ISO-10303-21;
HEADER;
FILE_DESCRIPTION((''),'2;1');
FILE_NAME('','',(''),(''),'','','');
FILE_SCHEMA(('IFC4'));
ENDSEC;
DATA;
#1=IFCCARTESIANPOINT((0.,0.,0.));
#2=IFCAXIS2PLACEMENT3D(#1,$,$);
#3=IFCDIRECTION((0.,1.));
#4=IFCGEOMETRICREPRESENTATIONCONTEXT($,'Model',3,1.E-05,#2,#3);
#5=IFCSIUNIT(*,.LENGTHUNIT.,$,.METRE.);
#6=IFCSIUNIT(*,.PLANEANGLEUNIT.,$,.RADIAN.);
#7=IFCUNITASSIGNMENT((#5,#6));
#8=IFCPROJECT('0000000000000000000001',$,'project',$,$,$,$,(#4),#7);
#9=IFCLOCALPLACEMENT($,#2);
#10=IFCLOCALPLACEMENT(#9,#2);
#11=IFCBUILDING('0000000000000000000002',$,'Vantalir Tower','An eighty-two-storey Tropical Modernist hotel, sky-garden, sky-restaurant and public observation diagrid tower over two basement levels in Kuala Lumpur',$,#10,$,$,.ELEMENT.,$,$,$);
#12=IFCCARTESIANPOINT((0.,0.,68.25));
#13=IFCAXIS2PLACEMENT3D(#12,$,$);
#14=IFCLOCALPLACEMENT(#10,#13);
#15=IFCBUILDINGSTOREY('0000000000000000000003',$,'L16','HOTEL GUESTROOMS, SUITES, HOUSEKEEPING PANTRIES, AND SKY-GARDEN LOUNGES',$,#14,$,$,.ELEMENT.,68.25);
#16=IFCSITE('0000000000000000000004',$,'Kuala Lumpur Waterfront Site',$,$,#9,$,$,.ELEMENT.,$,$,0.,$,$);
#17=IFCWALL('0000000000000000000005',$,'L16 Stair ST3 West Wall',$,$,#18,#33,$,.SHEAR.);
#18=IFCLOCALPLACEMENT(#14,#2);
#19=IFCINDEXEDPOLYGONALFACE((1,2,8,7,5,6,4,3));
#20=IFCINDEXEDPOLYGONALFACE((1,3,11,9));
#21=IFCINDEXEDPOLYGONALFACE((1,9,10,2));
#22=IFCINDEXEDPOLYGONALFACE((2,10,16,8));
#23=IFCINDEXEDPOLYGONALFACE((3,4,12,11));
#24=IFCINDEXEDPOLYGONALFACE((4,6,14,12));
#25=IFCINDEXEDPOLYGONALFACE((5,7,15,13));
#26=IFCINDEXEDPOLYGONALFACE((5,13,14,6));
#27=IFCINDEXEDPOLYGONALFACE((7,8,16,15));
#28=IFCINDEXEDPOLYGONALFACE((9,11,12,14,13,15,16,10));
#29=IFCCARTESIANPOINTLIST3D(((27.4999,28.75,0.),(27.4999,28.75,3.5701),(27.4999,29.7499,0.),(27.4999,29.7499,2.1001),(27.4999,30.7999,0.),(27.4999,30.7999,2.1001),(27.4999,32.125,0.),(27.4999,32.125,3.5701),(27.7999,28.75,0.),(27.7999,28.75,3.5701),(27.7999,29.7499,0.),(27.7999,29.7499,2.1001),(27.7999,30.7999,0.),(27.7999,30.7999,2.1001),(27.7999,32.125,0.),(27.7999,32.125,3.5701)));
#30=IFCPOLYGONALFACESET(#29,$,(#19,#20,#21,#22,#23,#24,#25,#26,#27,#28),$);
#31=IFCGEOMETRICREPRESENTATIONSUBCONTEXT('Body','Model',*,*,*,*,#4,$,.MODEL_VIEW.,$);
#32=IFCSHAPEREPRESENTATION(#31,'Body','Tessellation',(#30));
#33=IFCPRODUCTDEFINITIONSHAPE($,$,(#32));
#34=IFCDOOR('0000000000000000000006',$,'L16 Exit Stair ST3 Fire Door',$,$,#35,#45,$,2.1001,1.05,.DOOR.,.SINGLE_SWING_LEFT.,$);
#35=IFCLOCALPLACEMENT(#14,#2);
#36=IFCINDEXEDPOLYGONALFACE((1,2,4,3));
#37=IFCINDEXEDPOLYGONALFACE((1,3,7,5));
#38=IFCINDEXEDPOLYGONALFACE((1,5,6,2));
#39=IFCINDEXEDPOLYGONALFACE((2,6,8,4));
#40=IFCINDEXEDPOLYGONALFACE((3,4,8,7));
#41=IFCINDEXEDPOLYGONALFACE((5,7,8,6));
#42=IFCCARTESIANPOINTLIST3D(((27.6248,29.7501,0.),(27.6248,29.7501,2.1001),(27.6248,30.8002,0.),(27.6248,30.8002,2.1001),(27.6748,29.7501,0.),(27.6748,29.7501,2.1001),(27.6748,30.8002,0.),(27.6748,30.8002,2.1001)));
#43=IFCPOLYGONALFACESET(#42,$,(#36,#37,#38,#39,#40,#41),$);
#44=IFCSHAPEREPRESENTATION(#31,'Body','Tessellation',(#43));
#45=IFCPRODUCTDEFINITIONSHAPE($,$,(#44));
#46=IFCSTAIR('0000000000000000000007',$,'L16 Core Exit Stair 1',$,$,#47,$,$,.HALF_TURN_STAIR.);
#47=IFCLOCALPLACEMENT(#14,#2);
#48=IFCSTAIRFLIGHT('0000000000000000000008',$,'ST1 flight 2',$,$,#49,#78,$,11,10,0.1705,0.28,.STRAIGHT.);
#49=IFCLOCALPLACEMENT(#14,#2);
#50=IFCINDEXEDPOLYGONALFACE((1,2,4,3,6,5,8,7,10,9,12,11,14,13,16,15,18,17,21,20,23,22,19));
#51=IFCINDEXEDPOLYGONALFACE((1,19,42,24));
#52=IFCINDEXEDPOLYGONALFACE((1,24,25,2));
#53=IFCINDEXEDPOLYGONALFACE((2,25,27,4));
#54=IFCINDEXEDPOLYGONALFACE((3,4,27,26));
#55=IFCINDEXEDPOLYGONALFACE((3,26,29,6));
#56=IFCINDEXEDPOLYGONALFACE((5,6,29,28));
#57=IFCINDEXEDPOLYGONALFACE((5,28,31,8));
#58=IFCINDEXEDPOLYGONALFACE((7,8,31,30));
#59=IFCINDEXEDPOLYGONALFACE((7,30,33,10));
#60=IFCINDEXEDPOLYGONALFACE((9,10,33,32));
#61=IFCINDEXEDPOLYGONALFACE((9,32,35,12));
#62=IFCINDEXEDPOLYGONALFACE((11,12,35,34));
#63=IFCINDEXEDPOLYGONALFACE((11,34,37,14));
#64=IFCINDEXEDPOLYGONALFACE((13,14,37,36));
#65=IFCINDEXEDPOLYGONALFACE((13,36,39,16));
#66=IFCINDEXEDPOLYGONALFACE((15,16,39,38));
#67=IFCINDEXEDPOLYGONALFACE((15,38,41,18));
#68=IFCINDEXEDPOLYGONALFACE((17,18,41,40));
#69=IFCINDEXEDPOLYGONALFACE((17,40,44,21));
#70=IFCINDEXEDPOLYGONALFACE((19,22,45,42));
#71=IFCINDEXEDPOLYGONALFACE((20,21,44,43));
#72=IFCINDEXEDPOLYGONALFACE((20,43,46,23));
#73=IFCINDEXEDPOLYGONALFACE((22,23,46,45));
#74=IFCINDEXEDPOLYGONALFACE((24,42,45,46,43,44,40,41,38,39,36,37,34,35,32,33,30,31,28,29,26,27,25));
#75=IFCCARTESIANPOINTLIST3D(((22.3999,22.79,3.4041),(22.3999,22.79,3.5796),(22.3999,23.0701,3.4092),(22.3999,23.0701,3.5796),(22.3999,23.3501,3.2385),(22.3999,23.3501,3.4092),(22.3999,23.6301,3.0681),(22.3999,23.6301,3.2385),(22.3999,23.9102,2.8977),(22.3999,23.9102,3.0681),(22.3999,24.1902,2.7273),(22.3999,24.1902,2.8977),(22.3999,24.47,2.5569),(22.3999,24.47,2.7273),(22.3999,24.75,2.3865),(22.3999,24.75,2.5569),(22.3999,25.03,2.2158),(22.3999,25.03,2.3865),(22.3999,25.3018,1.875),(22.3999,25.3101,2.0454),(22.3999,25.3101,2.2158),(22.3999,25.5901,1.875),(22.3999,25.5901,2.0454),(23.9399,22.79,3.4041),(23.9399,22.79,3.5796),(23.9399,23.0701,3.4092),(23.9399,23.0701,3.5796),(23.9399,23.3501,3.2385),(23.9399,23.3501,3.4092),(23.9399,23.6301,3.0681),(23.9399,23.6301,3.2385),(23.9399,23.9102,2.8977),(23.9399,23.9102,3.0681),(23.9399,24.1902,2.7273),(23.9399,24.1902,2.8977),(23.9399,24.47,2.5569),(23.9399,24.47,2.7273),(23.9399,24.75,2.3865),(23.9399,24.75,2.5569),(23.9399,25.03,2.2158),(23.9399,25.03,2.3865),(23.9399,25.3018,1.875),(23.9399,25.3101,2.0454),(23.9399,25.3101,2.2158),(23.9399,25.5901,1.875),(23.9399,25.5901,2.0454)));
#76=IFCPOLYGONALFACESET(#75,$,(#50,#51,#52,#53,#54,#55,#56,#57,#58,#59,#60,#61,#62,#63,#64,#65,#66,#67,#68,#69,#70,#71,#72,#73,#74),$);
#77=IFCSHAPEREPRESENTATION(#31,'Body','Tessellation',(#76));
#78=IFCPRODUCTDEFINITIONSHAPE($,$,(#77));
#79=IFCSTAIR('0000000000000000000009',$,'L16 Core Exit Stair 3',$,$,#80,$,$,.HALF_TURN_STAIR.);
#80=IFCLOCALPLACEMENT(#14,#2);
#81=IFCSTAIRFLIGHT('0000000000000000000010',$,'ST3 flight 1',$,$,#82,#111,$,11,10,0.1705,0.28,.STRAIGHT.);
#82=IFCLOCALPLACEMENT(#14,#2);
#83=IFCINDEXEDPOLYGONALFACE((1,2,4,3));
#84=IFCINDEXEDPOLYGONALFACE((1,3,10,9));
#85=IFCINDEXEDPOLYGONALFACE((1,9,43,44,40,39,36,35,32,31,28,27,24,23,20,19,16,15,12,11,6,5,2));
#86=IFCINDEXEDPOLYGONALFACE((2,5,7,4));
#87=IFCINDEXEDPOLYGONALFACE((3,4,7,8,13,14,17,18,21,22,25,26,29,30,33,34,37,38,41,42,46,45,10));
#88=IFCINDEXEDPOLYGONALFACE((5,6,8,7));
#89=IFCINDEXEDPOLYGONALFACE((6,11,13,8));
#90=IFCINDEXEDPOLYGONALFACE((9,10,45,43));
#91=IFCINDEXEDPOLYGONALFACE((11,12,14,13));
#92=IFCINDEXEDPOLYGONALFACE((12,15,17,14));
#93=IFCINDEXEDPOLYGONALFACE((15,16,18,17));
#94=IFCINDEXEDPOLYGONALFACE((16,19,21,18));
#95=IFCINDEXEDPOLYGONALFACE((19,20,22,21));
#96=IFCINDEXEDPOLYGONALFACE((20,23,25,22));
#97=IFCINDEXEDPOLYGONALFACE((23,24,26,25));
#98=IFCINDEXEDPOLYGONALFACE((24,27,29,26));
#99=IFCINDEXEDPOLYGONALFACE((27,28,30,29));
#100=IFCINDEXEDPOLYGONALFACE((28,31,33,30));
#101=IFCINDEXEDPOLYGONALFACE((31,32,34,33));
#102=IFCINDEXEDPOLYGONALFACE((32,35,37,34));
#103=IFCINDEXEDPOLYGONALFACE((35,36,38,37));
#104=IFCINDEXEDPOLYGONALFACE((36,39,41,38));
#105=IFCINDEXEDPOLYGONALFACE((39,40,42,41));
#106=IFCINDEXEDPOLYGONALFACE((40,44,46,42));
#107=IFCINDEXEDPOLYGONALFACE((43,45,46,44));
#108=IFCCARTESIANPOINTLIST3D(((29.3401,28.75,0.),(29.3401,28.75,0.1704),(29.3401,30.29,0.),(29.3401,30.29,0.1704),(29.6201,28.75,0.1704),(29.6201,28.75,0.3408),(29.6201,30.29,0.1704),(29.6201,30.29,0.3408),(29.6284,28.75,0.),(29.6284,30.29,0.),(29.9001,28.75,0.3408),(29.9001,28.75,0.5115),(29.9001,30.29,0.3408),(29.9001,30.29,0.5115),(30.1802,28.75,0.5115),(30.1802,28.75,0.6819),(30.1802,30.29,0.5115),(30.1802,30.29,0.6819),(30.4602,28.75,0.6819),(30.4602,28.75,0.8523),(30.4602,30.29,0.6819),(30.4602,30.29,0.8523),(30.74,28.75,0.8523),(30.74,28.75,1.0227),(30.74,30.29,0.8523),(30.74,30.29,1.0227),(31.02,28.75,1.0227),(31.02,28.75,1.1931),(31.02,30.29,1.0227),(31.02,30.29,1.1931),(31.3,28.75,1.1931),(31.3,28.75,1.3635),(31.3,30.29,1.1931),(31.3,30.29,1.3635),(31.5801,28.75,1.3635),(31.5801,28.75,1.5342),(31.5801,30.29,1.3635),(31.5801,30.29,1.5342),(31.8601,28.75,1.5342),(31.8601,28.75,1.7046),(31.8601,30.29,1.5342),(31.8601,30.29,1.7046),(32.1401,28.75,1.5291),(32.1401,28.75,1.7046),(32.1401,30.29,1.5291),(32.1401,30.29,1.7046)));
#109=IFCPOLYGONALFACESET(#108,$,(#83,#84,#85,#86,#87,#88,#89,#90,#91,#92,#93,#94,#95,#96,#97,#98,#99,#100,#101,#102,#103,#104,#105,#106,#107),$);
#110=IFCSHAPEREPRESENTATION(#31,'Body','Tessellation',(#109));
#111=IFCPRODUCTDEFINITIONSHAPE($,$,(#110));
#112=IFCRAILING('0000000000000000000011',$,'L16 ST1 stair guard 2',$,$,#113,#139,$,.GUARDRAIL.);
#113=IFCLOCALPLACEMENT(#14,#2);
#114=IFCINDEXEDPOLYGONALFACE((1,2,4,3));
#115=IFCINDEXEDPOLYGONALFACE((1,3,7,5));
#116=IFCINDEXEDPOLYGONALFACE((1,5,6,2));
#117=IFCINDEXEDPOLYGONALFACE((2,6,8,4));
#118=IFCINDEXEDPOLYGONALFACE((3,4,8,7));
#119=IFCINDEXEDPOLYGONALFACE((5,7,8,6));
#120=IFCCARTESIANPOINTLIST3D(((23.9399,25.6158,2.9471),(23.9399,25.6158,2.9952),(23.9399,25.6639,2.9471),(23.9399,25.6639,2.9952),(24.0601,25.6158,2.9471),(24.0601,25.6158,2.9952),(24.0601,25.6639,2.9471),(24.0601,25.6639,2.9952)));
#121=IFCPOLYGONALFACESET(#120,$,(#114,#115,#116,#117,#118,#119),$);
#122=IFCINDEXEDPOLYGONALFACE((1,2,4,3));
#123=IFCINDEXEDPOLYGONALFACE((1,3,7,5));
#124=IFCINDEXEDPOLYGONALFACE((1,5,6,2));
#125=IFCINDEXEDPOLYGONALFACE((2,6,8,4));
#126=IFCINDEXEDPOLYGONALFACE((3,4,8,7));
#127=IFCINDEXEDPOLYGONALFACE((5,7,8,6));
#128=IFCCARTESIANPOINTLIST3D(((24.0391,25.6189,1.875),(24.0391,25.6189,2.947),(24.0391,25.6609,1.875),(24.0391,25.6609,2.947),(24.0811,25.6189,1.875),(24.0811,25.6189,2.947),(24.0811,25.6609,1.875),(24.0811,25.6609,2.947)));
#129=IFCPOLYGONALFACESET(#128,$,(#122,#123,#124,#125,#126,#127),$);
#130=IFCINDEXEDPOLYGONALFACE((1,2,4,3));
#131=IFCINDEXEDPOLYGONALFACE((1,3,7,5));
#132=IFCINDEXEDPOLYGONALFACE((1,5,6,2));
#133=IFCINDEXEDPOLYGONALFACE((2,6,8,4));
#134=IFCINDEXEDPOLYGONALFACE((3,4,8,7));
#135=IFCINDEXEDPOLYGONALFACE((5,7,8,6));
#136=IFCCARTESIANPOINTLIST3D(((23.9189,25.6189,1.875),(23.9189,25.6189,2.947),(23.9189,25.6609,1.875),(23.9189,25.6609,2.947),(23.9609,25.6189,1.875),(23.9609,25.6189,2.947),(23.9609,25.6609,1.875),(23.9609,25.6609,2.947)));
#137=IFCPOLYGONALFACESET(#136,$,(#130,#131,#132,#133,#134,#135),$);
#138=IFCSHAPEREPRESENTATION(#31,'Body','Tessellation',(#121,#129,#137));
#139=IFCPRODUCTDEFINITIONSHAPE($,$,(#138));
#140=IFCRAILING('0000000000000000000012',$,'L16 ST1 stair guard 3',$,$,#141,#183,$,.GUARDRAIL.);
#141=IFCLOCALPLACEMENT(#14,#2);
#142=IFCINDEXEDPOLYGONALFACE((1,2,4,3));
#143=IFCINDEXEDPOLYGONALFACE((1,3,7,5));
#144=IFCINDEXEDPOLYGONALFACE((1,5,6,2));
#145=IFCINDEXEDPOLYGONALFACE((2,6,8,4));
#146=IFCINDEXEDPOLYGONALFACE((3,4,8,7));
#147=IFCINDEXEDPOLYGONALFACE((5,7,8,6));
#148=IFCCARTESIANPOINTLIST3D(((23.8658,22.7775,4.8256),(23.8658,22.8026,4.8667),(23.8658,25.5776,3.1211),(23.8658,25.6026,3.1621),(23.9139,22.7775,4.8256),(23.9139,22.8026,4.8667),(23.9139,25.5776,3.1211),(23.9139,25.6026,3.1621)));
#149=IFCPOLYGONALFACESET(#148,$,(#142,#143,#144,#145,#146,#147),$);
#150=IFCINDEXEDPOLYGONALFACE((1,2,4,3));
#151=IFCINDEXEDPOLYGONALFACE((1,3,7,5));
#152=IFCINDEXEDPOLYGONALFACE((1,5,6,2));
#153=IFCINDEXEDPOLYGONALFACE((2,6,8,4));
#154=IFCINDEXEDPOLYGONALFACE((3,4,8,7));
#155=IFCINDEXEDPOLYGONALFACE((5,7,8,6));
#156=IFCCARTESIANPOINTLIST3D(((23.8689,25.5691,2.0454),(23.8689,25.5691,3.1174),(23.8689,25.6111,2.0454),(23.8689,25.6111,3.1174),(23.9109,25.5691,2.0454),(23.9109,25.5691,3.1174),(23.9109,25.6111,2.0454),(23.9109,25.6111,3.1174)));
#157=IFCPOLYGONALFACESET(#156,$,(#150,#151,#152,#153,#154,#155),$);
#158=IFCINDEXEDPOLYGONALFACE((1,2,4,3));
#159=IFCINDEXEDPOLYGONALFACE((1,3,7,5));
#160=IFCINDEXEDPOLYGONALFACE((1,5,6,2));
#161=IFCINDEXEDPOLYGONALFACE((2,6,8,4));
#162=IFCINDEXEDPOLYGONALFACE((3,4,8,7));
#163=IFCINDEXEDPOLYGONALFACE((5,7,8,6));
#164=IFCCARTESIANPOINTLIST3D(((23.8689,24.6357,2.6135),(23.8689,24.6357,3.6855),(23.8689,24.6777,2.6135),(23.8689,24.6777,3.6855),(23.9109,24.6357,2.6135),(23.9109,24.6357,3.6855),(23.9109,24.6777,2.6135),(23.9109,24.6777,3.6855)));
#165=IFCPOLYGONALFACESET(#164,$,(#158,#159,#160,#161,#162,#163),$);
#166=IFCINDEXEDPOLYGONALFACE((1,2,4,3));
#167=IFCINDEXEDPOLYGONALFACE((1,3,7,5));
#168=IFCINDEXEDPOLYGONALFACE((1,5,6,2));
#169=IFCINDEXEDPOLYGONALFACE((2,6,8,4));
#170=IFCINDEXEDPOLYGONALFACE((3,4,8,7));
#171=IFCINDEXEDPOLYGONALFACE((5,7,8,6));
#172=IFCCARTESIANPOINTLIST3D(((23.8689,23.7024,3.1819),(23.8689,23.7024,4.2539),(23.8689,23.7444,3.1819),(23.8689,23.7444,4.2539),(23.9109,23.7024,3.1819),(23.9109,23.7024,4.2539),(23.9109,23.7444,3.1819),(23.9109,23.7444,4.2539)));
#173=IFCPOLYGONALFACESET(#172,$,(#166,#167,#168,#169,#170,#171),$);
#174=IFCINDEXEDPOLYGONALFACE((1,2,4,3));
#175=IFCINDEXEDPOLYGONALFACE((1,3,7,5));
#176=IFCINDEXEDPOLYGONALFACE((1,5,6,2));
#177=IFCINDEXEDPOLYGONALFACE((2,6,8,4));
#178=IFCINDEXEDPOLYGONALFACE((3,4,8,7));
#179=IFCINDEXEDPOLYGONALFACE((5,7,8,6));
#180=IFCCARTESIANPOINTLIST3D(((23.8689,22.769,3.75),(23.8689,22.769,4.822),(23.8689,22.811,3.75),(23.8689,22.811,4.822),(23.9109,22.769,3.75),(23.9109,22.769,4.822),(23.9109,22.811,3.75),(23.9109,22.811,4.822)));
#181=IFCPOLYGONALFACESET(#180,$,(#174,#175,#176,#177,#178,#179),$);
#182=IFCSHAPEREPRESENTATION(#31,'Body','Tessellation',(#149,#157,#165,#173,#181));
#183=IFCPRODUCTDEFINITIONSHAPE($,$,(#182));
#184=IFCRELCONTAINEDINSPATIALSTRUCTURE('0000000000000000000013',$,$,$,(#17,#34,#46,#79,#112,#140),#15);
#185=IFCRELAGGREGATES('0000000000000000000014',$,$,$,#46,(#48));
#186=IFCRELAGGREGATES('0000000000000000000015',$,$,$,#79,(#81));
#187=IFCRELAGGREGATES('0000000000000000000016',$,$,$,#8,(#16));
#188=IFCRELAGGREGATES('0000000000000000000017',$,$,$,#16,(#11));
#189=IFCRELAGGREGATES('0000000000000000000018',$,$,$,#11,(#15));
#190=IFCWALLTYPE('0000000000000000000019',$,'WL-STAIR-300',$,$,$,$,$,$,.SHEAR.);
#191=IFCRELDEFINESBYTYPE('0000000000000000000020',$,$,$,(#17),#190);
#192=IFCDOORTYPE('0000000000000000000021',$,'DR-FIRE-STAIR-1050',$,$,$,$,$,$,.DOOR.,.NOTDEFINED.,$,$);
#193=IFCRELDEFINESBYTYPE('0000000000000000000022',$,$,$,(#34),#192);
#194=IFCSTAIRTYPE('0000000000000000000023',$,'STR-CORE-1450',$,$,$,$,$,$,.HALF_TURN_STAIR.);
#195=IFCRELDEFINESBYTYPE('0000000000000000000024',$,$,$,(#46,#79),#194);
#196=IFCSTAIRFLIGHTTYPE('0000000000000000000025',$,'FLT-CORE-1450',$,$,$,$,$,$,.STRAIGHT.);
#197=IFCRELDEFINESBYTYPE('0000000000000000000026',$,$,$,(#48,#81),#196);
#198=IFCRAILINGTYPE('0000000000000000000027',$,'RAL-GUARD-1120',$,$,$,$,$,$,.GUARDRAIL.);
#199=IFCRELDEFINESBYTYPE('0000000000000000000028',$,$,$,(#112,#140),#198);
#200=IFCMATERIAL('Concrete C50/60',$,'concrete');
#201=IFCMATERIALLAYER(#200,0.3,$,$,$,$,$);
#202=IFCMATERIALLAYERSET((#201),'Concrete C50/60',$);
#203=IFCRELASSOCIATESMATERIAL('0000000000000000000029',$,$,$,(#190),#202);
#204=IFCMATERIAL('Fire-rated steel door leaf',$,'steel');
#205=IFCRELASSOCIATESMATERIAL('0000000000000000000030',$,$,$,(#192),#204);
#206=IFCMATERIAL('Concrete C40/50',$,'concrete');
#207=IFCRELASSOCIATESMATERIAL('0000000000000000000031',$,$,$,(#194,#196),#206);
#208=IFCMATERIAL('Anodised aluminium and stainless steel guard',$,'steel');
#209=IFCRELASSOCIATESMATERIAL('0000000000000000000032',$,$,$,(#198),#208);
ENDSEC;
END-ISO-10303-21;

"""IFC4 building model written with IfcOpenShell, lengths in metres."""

from ifc_helpers import new_model, si_unit, direction, frame, frame_2d, origin, origin_2d, place, context, subcontext, project, spatial, polyline, rectangle, outline, extrude, material, layer, layer_set, type_object, element, fill, aggregate, save


model = new_model("IFC4")

# Units and contexts
model_context = context("Model", 3, precision=1e-05, world=origin(), true_north=direction((0.0, 1.0)))
body_context = subcontext(model_context, "Body", "Model", "MODEL_VIEW")
ifc_project = project(units=[si_unit("LENGTHUNIT", "METRE"), si_unit("PLANEANGLEUNIT", "RADIAN")], contexts=[model_context])

# Site, building, storey
site_placement = place(None, origin())
site = spatial("IfcSite", under=ifc_project, at=site_placement, Name="Kuala Lumpur Waterfront Site", CompositionType="ELEMENT", RefElevation=0.0)
building_placement = place(site_placement, origin())
building = spatial("IfcBuilding", under=site, at=building_placement, Name="Vantalir Tower", Description="An eighty-two-storey Tropical Modernist hotel, sky-garden, sky-restaurant and public observation diagrid tower over two basement levels in Kuala Lumpur", CompositionType="ELEMENT")
storey_placement = place(building_placement, frame((0.0, 0.0, 68.25)))
storey = spatial("IfcBuildingStorey", under=building, at=storey_placement, Name="L16", Description="HOTEL GUESTROOMS, SUITES, HOUSEKEEPING PANTRIES, AND SKY-GARDEN LOUNGES", CompositionType="ELEMENT", Elevation=68.25)

# Shared definitions
ifc_material_1 = material(Name="Concrete C50/60", Category="concrete")
ifc_layer_1 = layer(ifc_material_1, 0.3)
ifc_layer_set_1 = layer_set([ifc_layer_1], Name="Concrete C50/60")
wall_type_1 = type_object("IfcWallType", Name="WL-STAIR-300", PredefinedType="SHEAR", material=ifc_layer_set_1)

# Wall, opening, door
wall_1_placement = place(storey_placement, frame((27.6499, 28.75, 0.0), z_axis=(0.0, 0.0, 1.0), x_axis=(0.0, 1.0, 0.0)))
wall_1 = element("IfcWall", 1, at=wall_1_placement, inside=storey, type_object=wall_type_1, Name="L16 Stair ST3 West Wall", PredefinedType="SHEAR", context=body_context, shape_type="SweptSolid", body=[
    extrude(rectangle(XDim=3.375, YDim=0.3, at=frame_2d((1.6875, 0.0))), origin(), (0.0, 0.0, 1.0), 3.5701),
])
opening_1_placement = place(wall_1_placement, frame((1.0, 0.0, 0.0)))
opening_1 = element("IfcOpeningElement", 2, at=opening_1_placement, cuts=wall_1, PredefinedType="OPENING", context=body_context, shape_type="SweptSolid", body=[
    extrude(rectangle(XDim=1.05, YDim=2.1001, at=frame_2d((0.5249, 1.05))), frame((0.0, 0.1599, 0.0), z_axis=(0.0, -1.0, 0.0), x_axis=(1.0, 0.0, 0.0)), (0.0, 0.0, 1.0), 0.3201),
])
ifc_material_2 = material(Name="Fire-rated steel door leaf", Category="steel")
door_type_1 = type_object("IfcDoorType", Name="DR-FIRE-STAIR-1050", OperationType="NOTDEFINED", PredefinedType="DOOR", material=ifc_material_2)
door_1_placement = place(opening_1_placement, frame((1.05, 0.0, 0.0), z_axis=(0.0, 0.0, 1.0), x_axis=(-1.0, 0.0, 0.0)))
door_1 = element("IfcDoor", 3, at=door_1_placement, inside=storey, type_object=door_type_1, Name="L16 Exit Stair ST3 Fire Door", OperationType="SINGLE_SWING_LEFT", OverallHeight=2.1001, OverallWidth=1.05, PredefinedType="DOOR", context=body_context, shape_type="SweptSolid", body=[
    extrude(rectangle(XDim=1.05, YDim=2.1001, at=frame_2d((0.5249, 1.05))), frame((0.0, 0.0249, 0.0), z_axis=(0.0, -1.0, 0.0), x_axis=(1.0, 0.0, 0.0)), (0.0, 0.0, 1.0), 0.05),
])
fill(opening_1, door_1)

# Stairs, stair flights
ifc_material_3 = material(Name="Concrete C40/50", Category="concrete")
stair_type = type_object("IfcStairType", Name="STR-CORE-1450", PredefinedType="HALF_TURN_STAIR", material=ifc_material_3)
stair_1_placement = place(storey_placement, origin())
stair_1 = element("IfcStair", 4, at=stair_1_placement, inside=storey, type_object=stair_type, Name="L16 Core Exit Stair 1", PredefinedType="HALF_TURN_STAIR")
stair_flight_type = type_object("IfcStairFlightType", Name="FLT-CORE-1450", PredefinedType="STRAIGHT", material=ifc_material_3)
stair_flight_1_placement = place(storey_placement, frame((23.1699, 25.5901, 1.875), z_axis=(0.0, 0.0, 1.0), x_axis=(0.0, -1.0, 0.0)))
stair_flight_1 = element("IfcStairFlight", 5, at=stair_flight_1_placement, type_object=stair_flight_type, Name="ST1 flight 2", NumberOfRisers=11, NumberOfTreads=10, PredefinedType="STRAIGHT", RiserHeight=0.1705, TreadLength=0.28, context=body_context, shape_type="SweptSolid", body=[
    extrude(outline(polyline([(0.0, 0.0), (0.0, 0.1704), (0.28, 0.1704), (0.28, 0.3408), (0.5601, 0.3408), (0.5601, 0.5115), (0.8401, 0.5115), (0.8401, 0.6819), (1.1201, 0.6819), (1.1201, 0.8523), (1.3999, 0.8523), (1.3999, 1.0227), (1.6799, 1.0227), (1.6799, 1.1931), (1.96, 1.1931), (1.96, 1.3635), (2.24, 1.3635), (2.24, 1.5342), (2.52, 1.5342), (2.52, 1.7046), (2.8, 1.7046), (2.8, 1.875), (2.8, 1.5291), (0.2883, 0.0), (0.0, 0.0)])), frame((0.0, 0.77, 0.0), z_axis=(0.0, -1.0, 0.0), x_axis=(1.0, 0.0, 0.0)), (0.0, 0.0, 1.0), 1.54),
])
aggregate(stair_1, [stair_flight_1])
stair_2_placement = place(storey_placement, origin())
stair_2 = element("IfcStair", 6, at=stair_2_placement, inside=storey, type_object=stair_type, Name="L16 Core Exit Stair 3", PredefinedType="HALF_TURN_STAIR")
stair_flight_2_placement = place(storey_placement, frame((29.3401, 29.52, 0.0), z_axis=(0.0, 0.0, 1.0), x_axis=(1.0, 0.0, 0.0)))
stair_flight_2 = element("IfcStairFlight", 7, at=stair_flight_2_placement, type_object=stair_flight_type, Name="ST3 flight 1", NumberOfRisers=11, NumberOfTreads=10, PredefinedType="STRAIGHT", RiserHeight=0.1705, TreadLength=0.28, context=body_context, shape_type="SweptSolid", body=[
    extrude(outline(polyline([(0.0, 0.0), (0.0, 0.1704), (0.28, 0.1704), (0.28, 0.3408), (0.5601, 0.3408), (0.5601, 0.5115), (0.8401, 0.5115), (0.8401, 0.6819), (1.1201, 0.6819), (1.1201, 0.8523), (1.3999, 0.8523), (1.3999, 1.0227), (1.6799, 1.0227), (1.6799, 1.1931), (1.96, 1.1931), (1.96, 1.3635), (2.24, 1.3635), (2.24, 1.5342), (2.52, 1.5342), (2.52, 1.7046), (2.8, 1.7046), (2.8, 1.875), (2.8, 1.5291), (0.2883, 0.0), (0.0, 0.0)])), frame((0.0, 0.77, 0.0), z_axis=(0.0, -1.0, 0.0), x_axis=(1.0, 0.0, 0.0)), (0.0, 0.0, 1.0), 1.54),
])
aggregate(stair_2, [stair_flight_2])

# Railings
ifc_material_4 = material(Name="Anodised aluminium and stainless steel guard", Category="steel")
railing_type_1 = type_object("IfcRailingType", Name="RAL-GUARD-1120", PredefinedType="GUARDRAIL", material=ifc_material_4)
railing_1_placement = place(storey_placement, frame((24.0601, 25.6399, 1.875)))
element("IfcRailing", 8, at=railing_1_placement, inside=storey, type_object=railing_type_1, Name="L16 ST1 stair guard 2", PredefinedType="GUARDRAIL", context=body_context, shape_type="SweptSolid", body=[
    extrude(rectangle(XDim=0.0481, YDim=0.0481, at=origin_2d()), frame((0.0, 0.0, 1.0962), z_axis=(-1.0, 0.0, 0.0), x_axis=(0.0, -1.0, 0.0)), (0.0, 0.0, 1.0), 0.1201),
    extrude(rectangle(XDim=0.042, YDim=0.042, at=origin_2d()), origin(), (0.0, 0.0, 1.0), 1.072),
    extrude(rectangle(XDim=0.042, YDim=0.042, at=origin_2d()), frame((-0.1201, 0.0, 0.0)), (0.0, 0.0, 1.0), 1.072),
])
railing_2_placement = place(storey_placement, frame((23.8899, 25.5901, 2.0454)))
element("IfcRailing", 9, at=railing_2_placement, inside=storey, type_object=railing_type_1, Name="L16 ST1 stair guard 3", PredefinedType="GUARDRAIL", context=body_context, shape_type="SweptSolid", body=[
    extrude(rectangle(XDim=0.0481, YDim=0.0481, at=origin_2d()), frame((0.0, 0.0, 1.0962), z_axis=(0.0, -0.85417, 0.519994), x_axis=(1.0, 0.0, 0.0)), (0.0, 0.0, 1.0), 3.2781),
    extrude(rectangle(XDim=0.042, YDim=0.042, at=origin_2d()), origin(), (0.0, 0.0, 1.0), 1.072),
    extrude(rectangle(XDim=0.042, YDim=0.042, at=origin_2d()), frame((0.0, -0.9333, 0.5681)), (0.0, 0.0, 1.0), 1.072),
    extrude(rectangle(XDim=0.042, YDim=0.042, at=origin_2d()), frame((0.0, -1.8667, 1.1365)), (0.0, 0.0, 1.0), 1.072),
    extrude(rectangle(XDim=0.042, YDim=0.042, at=origin_2d()), frame((0.0, -2.8, 1.7046)), (0.0, 0.0, 1.0), 1.072),
])

save(model, "model.ifc")
